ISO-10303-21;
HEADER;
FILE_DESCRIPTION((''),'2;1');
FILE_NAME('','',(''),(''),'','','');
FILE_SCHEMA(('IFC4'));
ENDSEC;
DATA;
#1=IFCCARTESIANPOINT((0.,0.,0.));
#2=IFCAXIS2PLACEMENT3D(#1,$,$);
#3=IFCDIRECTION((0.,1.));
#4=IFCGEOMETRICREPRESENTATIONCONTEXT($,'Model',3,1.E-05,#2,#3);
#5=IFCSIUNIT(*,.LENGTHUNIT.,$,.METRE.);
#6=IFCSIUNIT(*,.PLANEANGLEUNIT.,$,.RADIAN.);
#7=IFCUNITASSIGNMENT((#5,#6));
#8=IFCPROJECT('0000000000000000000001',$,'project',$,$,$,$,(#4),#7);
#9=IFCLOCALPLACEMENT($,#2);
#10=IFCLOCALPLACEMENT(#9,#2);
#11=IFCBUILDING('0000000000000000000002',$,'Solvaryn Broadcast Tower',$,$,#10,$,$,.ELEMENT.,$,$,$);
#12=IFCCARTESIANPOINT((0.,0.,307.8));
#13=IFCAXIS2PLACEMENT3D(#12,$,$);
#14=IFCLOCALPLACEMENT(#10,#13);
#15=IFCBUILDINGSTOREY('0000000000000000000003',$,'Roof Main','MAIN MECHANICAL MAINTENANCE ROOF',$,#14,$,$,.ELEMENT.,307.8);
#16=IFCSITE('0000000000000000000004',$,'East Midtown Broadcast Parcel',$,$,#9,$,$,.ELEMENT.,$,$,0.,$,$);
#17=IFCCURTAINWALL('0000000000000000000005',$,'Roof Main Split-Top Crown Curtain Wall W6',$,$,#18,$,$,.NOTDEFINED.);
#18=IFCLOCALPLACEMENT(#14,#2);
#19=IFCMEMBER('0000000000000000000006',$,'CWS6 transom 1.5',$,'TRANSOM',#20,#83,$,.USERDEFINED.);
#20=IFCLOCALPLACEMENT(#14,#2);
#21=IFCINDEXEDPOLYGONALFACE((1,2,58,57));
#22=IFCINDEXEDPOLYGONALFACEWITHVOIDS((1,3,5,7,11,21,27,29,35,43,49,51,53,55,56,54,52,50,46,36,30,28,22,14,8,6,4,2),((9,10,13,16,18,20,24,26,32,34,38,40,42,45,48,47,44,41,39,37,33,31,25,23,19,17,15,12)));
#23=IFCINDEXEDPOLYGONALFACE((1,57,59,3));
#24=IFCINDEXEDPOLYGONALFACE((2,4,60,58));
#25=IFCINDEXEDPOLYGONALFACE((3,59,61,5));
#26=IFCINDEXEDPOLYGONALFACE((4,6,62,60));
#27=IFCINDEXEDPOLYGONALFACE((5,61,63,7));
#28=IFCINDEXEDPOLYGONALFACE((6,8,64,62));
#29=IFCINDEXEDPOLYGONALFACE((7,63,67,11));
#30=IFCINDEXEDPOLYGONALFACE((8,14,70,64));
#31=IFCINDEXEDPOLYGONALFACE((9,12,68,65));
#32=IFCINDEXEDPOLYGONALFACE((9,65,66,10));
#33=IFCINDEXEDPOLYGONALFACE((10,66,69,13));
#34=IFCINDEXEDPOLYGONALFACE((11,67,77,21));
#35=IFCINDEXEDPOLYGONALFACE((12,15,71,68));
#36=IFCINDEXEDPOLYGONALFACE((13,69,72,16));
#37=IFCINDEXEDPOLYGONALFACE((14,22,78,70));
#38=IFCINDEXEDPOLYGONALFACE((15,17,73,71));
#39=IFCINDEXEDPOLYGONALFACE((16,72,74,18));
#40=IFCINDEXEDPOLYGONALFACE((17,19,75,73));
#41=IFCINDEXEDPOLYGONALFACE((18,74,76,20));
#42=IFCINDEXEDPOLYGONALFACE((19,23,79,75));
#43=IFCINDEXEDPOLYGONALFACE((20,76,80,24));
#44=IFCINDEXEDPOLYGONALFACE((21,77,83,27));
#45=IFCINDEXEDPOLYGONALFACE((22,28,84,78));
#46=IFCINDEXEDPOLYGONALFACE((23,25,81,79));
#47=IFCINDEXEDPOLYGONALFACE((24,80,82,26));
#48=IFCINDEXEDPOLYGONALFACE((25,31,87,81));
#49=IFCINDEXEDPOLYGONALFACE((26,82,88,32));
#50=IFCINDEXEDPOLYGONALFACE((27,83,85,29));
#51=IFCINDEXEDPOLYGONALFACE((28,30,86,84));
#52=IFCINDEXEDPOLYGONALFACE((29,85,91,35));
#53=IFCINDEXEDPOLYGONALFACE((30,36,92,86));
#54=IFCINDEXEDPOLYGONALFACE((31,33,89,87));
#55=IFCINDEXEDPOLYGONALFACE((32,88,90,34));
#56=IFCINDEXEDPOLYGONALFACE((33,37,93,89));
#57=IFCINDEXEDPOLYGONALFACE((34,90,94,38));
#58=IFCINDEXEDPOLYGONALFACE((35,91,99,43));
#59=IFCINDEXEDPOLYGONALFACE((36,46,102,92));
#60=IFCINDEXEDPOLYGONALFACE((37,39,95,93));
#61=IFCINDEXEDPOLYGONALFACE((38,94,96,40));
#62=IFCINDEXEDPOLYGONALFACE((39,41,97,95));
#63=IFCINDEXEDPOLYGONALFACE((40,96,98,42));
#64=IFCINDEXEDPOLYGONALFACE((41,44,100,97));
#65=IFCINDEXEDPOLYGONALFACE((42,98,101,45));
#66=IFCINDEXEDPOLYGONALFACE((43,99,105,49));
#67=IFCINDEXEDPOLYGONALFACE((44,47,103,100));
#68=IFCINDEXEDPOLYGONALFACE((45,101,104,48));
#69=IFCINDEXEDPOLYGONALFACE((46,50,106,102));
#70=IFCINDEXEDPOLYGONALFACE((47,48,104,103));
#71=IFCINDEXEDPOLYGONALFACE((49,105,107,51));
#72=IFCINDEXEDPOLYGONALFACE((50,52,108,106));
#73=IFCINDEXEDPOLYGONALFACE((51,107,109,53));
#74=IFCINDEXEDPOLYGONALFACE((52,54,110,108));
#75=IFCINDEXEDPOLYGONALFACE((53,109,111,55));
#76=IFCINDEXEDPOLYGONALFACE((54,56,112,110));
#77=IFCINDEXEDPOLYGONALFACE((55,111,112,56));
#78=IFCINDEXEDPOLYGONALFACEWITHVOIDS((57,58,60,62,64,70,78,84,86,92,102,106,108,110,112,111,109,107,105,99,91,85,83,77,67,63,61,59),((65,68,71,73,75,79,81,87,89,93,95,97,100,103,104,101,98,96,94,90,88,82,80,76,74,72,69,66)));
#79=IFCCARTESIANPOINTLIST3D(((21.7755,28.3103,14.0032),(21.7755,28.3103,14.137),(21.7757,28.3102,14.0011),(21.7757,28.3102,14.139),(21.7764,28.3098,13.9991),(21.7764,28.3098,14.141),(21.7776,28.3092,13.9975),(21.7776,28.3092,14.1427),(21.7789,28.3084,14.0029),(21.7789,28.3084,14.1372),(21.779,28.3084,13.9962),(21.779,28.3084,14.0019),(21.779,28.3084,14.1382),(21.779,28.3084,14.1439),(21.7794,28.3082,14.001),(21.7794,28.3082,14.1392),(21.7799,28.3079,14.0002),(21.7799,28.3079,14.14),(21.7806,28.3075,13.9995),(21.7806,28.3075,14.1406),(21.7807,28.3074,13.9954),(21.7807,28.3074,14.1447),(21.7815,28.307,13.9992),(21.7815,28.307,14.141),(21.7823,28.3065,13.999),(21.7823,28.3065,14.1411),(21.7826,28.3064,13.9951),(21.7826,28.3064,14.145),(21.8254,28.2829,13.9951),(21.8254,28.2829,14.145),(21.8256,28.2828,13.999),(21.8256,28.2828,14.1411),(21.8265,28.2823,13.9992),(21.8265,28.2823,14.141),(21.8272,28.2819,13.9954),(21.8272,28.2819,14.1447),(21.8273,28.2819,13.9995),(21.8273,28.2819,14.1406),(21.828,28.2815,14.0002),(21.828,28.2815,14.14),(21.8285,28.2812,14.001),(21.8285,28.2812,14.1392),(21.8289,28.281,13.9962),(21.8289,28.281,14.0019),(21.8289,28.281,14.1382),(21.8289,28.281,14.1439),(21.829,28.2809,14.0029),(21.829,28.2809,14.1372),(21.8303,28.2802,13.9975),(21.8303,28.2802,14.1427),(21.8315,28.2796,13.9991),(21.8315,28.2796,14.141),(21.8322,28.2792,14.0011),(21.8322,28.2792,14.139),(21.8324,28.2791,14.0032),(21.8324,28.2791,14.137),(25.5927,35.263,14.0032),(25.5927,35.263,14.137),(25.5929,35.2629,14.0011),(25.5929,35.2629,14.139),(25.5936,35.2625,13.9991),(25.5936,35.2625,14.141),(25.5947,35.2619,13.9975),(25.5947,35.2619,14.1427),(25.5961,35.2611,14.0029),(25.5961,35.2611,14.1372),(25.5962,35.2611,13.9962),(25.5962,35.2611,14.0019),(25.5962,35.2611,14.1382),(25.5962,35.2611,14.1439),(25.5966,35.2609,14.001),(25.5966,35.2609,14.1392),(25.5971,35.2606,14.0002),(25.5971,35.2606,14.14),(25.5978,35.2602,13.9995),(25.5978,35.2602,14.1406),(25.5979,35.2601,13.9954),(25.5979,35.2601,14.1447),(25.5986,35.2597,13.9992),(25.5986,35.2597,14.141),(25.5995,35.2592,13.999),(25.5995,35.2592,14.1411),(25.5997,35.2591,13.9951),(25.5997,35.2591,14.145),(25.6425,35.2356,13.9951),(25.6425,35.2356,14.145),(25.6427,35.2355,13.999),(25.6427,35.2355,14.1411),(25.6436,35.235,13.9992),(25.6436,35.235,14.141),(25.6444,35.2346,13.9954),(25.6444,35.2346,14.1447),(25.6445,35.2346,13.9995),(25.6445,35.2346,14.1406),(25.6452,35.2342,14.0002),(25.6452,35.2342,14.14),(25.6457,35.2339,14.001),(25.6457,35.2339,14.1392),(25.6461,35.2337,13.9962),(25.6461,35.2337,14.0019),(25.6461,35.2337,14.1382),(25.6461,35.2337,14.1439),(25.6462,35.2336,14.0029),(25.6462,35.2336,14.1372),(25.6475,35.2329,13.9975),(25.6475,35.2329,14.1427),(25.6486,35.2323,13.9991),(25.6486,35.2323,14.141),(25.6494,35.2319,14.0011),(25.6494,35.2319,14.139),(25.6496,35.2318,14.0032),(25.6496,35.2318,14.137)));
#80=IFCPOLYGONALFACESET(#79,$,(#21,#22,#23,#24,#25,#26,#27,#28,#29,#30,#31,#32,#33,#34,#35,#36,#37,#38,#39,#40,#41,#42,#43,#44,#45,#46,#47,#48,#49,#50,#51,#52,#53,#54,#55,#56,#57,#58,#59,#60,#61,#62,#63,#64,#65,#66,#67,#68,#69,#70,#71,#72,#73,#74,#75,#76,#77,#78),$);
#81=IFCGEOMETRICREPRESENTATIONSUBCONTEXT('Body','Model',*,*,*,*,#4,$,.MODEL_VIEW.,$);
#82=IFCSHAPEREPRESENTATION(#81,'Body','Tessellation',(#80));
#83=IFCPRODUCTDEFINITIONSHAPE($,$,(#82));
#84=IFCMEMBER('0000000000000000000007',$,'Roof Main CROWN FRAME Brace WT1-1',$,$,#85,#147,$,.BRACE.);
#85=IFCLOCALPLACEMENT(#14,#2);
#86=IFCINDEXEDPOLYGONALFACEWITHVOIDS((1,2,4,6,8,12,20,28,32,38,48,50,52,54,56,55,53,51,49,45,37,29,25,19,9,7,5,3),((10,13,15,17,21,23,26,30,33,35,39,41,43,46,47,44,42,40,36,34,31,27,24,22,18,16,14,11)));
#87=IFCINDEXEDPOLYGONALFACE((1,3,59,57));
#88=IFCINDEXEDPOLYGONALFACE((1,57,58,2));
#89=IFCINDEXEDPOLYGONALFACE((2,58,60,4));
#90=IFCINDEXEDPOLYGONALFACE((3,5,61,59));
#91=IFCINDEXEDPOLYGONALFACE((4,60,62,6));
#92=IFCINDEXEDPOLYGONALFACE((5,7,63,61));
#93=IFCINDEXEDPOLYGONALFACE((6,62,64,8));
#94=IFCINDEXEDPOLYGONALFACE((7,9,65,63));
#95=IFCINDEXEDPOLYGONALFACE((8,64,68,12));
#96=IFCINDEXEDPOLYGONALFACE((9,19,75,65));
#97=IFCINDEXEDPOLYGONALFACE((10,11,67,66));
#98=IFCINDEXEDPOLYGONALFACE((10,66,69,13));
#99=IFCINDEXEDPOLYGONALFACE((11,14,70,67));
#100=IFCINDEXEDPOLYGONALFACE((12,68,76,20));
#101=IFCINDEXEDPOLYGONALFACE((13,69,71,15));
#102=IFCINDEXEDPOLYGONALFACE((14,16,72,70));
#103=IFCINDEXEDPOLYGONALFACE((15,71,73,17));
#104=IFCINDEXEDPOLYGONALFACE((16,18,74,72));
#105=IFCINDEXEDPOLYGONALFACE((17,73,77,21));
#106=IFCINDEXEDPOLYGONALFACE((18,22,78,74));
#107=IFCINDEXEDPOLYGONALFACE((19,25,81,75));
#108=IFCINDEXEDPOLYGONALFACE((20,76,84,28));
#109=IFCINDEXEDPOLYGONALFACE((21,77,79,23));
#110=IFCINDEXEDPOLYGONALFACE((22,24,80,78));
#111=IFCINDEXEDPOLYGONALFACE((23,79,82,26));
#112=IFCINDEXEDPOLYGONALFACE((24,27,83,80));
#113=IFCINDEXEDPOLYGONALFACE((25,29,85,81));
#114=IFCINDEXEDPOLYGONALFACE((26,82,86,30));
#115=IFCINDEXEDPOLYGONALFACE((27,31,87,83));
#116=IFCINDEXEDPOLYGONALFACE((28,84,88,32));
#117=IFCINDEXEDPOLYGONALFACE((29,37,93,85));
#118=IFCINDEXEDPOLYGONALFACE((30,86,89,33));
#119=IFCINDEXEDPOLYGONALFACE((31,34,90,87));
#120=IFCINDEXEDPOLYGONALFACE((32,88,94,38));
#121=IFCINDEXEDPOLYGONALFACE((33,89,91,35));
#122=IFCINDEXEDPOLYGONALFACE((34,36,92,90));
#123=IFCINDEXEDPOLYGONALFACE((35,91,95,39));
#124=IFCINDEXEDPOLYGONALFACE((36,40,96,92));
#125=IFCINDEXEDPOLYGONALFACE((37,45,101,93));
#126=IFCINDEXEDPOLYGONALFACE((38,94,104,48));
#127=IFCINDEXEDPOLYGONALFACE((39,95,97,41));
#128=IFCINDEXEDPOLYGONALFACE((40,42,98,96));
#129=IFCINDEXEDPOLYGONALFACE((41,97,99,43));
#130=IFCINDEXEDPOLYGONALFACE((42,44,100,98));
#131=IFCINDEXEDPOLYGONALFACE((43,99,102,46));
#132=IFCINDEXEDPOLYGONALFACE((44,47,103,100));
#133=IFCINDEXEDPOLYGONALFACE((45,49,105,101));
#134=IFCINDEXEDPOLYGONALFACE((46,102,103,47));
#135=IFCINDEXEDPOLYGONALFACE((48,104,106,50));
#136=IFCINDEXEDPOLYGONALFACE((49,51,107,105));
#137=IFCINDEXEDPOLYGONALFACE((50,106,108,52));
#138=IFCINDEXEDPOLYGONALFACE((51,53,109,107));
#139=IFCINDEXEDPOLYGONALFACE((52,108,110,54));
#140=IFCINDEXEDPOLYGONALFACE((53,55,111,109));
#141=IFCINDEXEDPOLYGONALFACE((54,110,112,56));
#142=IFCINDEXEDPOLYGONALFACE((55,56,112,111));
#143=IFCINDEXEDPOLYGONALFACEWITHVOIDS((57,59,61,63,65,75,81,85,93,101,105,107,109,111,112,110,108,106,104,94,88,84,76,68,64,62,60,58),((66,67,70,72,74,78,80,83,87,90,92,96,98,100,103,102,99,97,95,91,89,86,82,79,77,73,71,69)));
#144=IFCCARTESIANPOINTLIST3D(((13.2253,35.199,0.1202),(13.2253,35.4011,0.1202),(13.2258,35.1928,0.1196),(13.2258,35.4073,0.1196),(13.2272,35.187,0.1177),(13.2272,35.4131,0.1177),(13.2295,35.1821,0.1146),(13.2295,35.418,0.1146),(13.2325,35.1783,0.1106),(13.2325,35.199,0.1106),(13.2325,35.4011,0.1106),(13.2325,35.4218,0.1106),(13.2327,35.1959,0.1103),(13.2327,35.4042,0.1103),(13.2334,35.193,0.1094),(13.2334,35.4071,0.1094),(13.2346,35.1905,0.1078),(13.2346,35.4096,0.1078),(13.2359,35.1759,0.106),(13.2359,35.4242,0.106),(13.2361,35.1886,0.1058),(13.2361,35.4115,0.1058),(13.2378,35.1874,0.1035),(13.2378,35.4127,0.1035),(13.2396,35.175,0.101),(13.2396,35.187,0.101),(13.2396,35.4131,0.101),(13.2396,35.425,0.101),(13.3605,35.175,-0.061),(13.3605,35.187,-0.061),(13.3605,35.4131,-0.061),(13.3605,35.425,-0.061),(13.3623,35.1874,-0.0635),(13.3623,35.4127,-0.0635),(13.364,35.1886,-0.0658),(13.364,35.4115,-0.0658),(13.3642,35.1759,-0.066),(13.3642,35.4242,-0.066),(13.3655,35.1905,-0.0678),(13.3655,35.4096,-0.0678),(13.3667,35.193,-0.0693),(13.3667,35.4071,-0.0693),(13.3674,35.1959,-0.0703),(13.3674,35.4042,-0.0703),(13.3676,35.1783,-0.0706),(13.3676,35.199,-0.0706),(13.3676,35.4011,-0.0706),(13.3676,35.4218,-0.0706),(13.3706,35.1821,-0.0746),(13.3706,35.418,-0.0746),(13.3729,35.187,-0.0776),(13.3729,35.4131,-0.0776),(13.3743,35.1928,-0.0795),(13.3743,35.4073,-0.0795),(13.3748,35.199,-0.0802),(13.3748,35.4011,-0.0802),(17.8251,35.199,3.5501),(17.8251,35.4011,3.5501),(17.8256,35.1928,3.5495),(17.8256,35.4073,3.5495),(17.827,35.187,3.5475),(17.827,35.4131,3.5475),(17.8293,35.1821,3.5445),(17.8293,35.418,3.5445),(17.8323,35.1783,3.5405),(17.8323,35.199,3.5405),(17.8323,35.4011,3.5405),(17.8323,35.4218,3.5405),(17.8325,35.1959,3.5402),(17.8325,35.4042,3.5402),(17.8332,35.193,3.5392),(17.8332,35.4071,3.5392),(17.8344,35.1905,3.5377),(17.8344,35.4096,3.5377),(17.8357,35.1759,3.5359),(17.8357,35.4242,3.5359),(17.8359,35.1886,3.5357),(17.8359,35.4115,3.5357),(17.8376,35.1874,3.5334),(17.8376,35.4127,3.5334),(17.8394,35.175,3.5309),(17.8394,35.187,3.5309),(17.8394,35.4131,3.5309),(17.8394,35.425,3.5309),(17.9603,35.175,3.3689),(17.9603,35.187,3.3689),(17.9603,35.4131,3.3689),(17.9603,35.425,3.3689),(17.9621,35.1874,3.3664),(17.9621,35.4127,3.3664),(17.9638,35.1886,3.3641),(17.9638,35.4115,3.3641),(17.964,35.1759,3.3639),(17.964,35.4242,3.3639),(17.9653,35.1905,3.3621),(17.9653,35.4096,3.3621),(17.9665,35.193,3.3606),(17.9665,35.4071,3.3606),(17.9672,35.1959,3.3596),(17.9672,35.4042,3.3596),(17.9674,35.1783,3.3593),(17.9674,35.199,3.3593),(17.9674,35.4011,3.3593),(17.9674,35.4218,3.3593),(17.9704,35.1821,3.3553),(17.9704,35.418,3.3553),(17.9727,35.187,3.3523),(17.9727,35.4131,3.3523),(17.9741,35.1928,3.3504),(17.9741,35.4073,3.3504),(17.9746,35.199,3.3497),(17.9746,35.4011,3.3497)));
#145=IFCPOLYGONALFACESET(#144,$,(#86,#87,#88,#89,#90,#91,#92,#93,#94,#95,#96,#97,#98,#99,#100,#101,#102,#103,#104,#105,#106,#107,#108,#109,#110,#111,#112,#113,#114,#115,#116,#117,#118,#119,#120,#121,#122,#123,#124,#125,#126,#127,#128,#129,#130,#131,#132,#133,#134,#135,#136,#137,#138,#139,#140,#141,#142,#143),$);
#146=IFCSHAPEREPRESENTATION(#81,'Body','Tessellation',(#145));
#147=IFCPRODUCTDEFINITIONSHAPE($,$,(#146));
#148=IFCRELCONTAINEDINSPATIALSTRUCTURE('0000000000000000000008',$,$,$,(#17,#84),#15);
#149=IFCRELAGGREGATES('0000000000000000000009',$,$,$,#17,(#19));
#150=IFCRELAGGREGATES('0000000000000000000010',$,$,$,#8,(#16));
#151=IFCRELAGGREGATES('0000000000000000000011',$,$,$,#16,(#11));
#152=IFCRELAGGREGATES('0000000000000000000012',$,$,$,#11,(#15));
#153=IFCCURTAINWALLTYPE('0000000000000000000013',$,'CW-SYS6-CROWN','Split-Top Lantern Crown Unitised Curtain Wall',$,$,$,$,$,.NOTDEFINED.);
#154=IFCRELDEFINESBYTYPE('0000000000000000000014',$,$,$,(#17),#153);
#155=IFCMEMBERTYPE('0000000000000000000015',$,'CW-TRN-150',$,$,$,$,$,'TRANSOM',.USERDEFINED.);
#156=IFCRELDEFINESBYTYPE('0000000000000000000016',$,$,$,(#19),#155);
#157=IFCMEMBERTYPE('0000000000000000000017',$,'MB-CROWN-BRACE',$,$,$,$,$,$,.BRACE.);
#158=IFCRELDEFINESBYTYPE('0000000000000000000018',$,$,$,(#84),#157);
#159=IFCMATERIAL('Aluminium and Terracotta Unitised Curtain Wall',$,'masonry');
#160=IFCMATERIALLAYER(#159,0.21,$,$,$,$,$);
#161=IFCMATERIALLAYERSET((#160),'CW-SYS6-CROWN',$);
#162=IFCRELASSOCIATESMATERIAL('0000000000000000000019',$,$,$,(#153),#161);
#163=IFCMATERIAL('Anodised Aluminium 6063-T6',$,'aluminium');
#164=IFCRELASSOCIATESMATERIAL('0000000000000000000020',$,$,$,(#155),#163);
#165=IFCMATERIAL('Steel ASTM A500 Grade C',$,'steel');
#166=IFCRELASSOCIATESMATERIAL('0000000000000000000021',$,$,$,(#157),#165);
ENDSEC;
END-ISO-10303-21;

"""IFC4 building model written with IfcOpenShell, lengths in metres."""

from ifc_helpers import new_model, si_unit, direction, frame, origin, origin_2d, place, context, subcontext, project, spatial, hollow_rectangle, extrude, material, layer, layer_set, material_profile, profile_set, type_object, element, aggregate, save


model = new_model("IFC4")

# Units and contexts
model_context = context("Model", 3, precision=1e-05, world=origin(), true_north=direction((0.0, 1.0)))
body_context = subcontext(model_context, "Body", "Model", "MODEL_VIEW")
ifc_project = project(units=[si_unit("LENGTHUNIT", "METRE"), si_unit("PLANEANGLEUNIT", "RADIAN")], contexts=[model_context])

# Site, building, storey
site_placement = place(None, origin())
site = spatial("IfcSite", under=ifc_project, at=site_placement, Name="East Midtown Broadcast Parcel", CompositionType="ELEMENT", RefElevation=0.0)
building_placement = place(site_placement, origin())
building = spatial("IfcBuilding", under=site, at=building_placement, Name="Solvaryn Broadcast Tower", CompositionType="ELEMENT")
storey_placement = place(building_placement, frame((0.0, 0.0, 307.8)))
storey = spatial("IfcBuildingStorey", under=building, at=storey_placement, Name="Roof Main", Description="MAIN MECHANICAL MAINTENANCE ROOF", CompositionType="ELEMENT", Elevation=307.8)

# Shared definitions
ifc_material_1 = material(Name="Aluminium and Terracotta Unitised Curtain Wall", Category="masonry")
ifc_layer_1 = layer(ifc_material_1, 0.21)
ifc_layer_set_1 = layer_set([ifc_layer_1], Name="CW-SYS6-CROWN")
curtain_wall_type = type_object("IfcCurtainWallType", Name="CW-SYS6-CROWN", Description="Split-Top Lantern Crown Unitised Curtain Wall", PredefinedType="NOTDEFINED", material=ifc_layer_set_1)

# Curtain wall
curtain_wall_1_placement = place(storey_placement, origin())
curtain_wall_1 = element("IfcCurtainWall", 1, at=curtain_wall_1_placement, inside=storey, type_object=curtain_wall_type, Name="Roof Main Split-Top Crown Curtain Wall W6", PredefinedType="NOTDEFINED")

# Member
ifc_material_2 = material(Name="Anodised Aluminium 6063-T6", Category="aluminium")
ifc_material_profile_1 = material_profile(ifc_material_2, hollow_rectangle(XDim=0.0649, YDim=0.1499, WallThickness=0.0039, InnerFilletRadius=0.0039, OuterFilletRadius=0.0081, at=origin_2d()))
ifc_profile_set_1 = profile_set([ifc_material_profile_1], Name="Anodised Aluminium 6063-T6")
member_type_1 = type_object("IfcMemberType", Name="CW-TRN-150", ElementType="TRANSOM", PredefinedType="USERDEFINED", material=ifc_profile_set_1)
member_1_placement = place(storey_placement, frame((21.804, 28.2947, 14.0701), z_axis=(0.481259, 0.876578, 0.0), x_axis=(-0.876578, 0.481259, 0.0)))
member_1 = element("IfcMember", 2, at=member_1_placement, type_object=member_type_1, Name="CWS6 transom 1.5", ObjectType="TRANSOM", PredefinedType="USERDEFINED", context=body_context, shape_type="SweptSolid", body=[
    extrude(hollow_rectangle(XDim=0.0649, YDim=0.1499, WallThickness=0.0039, InnerFilletRadius=0.0039, OuterFilletRadius=0.0081, at=origin_2d()), origin(), (0.0, 0.0, 1.0), 7.9316),
])

# Member
ifc_material_3 = material(Name="Steel ASTM A500 Grade C", Category="steel")
ifc_material_profile_2 = material_profile(ifc_material_3, hollow_rectangle(XDim=0.25, YDim=0.25, WallThickness=0.012, InnerFilletRadius=0.012, OuterFilletRadius=0.0239, at=origin_2d()))
ifc_profile_set_2 = profile_set([ifc_material_profile_2], Name="Steel ASTM A500 Grade C")
member_type_2 = type_object("IfcMemberType", Name="MB-CROWN-BRACE", PredefinedType="BRACE", material=ifc_profile_set_2)
member_2_placement = place(storey_placement, frame((13.3, 35.3, 0.02), z_axis=(0.801667, 0.0, 0.597772), x_axis=(0.0, 1.0, 0.0)))
element("IfcMember", 3, at=member_2_placement, inside=storey, type_object=member_type_2, Name="Roof Main CROWN FRAME Brace WT1-1", PredefinedType="BRACE", context=body_context, shape_type="SweptSolid", body=[
    extrude(hollow_rectangle(XDim=0.25, YDim=0.25, WallThickness=0.012, InnerFilletRadius=0.012, OuterFilletRadius=0.0239, at=origin_2d()), origin(), (0.0, 0.0, 1.0), 5.7378),
])

aggregate(curtain_wall_1, [member_1])

save(model, "model.ifc")
